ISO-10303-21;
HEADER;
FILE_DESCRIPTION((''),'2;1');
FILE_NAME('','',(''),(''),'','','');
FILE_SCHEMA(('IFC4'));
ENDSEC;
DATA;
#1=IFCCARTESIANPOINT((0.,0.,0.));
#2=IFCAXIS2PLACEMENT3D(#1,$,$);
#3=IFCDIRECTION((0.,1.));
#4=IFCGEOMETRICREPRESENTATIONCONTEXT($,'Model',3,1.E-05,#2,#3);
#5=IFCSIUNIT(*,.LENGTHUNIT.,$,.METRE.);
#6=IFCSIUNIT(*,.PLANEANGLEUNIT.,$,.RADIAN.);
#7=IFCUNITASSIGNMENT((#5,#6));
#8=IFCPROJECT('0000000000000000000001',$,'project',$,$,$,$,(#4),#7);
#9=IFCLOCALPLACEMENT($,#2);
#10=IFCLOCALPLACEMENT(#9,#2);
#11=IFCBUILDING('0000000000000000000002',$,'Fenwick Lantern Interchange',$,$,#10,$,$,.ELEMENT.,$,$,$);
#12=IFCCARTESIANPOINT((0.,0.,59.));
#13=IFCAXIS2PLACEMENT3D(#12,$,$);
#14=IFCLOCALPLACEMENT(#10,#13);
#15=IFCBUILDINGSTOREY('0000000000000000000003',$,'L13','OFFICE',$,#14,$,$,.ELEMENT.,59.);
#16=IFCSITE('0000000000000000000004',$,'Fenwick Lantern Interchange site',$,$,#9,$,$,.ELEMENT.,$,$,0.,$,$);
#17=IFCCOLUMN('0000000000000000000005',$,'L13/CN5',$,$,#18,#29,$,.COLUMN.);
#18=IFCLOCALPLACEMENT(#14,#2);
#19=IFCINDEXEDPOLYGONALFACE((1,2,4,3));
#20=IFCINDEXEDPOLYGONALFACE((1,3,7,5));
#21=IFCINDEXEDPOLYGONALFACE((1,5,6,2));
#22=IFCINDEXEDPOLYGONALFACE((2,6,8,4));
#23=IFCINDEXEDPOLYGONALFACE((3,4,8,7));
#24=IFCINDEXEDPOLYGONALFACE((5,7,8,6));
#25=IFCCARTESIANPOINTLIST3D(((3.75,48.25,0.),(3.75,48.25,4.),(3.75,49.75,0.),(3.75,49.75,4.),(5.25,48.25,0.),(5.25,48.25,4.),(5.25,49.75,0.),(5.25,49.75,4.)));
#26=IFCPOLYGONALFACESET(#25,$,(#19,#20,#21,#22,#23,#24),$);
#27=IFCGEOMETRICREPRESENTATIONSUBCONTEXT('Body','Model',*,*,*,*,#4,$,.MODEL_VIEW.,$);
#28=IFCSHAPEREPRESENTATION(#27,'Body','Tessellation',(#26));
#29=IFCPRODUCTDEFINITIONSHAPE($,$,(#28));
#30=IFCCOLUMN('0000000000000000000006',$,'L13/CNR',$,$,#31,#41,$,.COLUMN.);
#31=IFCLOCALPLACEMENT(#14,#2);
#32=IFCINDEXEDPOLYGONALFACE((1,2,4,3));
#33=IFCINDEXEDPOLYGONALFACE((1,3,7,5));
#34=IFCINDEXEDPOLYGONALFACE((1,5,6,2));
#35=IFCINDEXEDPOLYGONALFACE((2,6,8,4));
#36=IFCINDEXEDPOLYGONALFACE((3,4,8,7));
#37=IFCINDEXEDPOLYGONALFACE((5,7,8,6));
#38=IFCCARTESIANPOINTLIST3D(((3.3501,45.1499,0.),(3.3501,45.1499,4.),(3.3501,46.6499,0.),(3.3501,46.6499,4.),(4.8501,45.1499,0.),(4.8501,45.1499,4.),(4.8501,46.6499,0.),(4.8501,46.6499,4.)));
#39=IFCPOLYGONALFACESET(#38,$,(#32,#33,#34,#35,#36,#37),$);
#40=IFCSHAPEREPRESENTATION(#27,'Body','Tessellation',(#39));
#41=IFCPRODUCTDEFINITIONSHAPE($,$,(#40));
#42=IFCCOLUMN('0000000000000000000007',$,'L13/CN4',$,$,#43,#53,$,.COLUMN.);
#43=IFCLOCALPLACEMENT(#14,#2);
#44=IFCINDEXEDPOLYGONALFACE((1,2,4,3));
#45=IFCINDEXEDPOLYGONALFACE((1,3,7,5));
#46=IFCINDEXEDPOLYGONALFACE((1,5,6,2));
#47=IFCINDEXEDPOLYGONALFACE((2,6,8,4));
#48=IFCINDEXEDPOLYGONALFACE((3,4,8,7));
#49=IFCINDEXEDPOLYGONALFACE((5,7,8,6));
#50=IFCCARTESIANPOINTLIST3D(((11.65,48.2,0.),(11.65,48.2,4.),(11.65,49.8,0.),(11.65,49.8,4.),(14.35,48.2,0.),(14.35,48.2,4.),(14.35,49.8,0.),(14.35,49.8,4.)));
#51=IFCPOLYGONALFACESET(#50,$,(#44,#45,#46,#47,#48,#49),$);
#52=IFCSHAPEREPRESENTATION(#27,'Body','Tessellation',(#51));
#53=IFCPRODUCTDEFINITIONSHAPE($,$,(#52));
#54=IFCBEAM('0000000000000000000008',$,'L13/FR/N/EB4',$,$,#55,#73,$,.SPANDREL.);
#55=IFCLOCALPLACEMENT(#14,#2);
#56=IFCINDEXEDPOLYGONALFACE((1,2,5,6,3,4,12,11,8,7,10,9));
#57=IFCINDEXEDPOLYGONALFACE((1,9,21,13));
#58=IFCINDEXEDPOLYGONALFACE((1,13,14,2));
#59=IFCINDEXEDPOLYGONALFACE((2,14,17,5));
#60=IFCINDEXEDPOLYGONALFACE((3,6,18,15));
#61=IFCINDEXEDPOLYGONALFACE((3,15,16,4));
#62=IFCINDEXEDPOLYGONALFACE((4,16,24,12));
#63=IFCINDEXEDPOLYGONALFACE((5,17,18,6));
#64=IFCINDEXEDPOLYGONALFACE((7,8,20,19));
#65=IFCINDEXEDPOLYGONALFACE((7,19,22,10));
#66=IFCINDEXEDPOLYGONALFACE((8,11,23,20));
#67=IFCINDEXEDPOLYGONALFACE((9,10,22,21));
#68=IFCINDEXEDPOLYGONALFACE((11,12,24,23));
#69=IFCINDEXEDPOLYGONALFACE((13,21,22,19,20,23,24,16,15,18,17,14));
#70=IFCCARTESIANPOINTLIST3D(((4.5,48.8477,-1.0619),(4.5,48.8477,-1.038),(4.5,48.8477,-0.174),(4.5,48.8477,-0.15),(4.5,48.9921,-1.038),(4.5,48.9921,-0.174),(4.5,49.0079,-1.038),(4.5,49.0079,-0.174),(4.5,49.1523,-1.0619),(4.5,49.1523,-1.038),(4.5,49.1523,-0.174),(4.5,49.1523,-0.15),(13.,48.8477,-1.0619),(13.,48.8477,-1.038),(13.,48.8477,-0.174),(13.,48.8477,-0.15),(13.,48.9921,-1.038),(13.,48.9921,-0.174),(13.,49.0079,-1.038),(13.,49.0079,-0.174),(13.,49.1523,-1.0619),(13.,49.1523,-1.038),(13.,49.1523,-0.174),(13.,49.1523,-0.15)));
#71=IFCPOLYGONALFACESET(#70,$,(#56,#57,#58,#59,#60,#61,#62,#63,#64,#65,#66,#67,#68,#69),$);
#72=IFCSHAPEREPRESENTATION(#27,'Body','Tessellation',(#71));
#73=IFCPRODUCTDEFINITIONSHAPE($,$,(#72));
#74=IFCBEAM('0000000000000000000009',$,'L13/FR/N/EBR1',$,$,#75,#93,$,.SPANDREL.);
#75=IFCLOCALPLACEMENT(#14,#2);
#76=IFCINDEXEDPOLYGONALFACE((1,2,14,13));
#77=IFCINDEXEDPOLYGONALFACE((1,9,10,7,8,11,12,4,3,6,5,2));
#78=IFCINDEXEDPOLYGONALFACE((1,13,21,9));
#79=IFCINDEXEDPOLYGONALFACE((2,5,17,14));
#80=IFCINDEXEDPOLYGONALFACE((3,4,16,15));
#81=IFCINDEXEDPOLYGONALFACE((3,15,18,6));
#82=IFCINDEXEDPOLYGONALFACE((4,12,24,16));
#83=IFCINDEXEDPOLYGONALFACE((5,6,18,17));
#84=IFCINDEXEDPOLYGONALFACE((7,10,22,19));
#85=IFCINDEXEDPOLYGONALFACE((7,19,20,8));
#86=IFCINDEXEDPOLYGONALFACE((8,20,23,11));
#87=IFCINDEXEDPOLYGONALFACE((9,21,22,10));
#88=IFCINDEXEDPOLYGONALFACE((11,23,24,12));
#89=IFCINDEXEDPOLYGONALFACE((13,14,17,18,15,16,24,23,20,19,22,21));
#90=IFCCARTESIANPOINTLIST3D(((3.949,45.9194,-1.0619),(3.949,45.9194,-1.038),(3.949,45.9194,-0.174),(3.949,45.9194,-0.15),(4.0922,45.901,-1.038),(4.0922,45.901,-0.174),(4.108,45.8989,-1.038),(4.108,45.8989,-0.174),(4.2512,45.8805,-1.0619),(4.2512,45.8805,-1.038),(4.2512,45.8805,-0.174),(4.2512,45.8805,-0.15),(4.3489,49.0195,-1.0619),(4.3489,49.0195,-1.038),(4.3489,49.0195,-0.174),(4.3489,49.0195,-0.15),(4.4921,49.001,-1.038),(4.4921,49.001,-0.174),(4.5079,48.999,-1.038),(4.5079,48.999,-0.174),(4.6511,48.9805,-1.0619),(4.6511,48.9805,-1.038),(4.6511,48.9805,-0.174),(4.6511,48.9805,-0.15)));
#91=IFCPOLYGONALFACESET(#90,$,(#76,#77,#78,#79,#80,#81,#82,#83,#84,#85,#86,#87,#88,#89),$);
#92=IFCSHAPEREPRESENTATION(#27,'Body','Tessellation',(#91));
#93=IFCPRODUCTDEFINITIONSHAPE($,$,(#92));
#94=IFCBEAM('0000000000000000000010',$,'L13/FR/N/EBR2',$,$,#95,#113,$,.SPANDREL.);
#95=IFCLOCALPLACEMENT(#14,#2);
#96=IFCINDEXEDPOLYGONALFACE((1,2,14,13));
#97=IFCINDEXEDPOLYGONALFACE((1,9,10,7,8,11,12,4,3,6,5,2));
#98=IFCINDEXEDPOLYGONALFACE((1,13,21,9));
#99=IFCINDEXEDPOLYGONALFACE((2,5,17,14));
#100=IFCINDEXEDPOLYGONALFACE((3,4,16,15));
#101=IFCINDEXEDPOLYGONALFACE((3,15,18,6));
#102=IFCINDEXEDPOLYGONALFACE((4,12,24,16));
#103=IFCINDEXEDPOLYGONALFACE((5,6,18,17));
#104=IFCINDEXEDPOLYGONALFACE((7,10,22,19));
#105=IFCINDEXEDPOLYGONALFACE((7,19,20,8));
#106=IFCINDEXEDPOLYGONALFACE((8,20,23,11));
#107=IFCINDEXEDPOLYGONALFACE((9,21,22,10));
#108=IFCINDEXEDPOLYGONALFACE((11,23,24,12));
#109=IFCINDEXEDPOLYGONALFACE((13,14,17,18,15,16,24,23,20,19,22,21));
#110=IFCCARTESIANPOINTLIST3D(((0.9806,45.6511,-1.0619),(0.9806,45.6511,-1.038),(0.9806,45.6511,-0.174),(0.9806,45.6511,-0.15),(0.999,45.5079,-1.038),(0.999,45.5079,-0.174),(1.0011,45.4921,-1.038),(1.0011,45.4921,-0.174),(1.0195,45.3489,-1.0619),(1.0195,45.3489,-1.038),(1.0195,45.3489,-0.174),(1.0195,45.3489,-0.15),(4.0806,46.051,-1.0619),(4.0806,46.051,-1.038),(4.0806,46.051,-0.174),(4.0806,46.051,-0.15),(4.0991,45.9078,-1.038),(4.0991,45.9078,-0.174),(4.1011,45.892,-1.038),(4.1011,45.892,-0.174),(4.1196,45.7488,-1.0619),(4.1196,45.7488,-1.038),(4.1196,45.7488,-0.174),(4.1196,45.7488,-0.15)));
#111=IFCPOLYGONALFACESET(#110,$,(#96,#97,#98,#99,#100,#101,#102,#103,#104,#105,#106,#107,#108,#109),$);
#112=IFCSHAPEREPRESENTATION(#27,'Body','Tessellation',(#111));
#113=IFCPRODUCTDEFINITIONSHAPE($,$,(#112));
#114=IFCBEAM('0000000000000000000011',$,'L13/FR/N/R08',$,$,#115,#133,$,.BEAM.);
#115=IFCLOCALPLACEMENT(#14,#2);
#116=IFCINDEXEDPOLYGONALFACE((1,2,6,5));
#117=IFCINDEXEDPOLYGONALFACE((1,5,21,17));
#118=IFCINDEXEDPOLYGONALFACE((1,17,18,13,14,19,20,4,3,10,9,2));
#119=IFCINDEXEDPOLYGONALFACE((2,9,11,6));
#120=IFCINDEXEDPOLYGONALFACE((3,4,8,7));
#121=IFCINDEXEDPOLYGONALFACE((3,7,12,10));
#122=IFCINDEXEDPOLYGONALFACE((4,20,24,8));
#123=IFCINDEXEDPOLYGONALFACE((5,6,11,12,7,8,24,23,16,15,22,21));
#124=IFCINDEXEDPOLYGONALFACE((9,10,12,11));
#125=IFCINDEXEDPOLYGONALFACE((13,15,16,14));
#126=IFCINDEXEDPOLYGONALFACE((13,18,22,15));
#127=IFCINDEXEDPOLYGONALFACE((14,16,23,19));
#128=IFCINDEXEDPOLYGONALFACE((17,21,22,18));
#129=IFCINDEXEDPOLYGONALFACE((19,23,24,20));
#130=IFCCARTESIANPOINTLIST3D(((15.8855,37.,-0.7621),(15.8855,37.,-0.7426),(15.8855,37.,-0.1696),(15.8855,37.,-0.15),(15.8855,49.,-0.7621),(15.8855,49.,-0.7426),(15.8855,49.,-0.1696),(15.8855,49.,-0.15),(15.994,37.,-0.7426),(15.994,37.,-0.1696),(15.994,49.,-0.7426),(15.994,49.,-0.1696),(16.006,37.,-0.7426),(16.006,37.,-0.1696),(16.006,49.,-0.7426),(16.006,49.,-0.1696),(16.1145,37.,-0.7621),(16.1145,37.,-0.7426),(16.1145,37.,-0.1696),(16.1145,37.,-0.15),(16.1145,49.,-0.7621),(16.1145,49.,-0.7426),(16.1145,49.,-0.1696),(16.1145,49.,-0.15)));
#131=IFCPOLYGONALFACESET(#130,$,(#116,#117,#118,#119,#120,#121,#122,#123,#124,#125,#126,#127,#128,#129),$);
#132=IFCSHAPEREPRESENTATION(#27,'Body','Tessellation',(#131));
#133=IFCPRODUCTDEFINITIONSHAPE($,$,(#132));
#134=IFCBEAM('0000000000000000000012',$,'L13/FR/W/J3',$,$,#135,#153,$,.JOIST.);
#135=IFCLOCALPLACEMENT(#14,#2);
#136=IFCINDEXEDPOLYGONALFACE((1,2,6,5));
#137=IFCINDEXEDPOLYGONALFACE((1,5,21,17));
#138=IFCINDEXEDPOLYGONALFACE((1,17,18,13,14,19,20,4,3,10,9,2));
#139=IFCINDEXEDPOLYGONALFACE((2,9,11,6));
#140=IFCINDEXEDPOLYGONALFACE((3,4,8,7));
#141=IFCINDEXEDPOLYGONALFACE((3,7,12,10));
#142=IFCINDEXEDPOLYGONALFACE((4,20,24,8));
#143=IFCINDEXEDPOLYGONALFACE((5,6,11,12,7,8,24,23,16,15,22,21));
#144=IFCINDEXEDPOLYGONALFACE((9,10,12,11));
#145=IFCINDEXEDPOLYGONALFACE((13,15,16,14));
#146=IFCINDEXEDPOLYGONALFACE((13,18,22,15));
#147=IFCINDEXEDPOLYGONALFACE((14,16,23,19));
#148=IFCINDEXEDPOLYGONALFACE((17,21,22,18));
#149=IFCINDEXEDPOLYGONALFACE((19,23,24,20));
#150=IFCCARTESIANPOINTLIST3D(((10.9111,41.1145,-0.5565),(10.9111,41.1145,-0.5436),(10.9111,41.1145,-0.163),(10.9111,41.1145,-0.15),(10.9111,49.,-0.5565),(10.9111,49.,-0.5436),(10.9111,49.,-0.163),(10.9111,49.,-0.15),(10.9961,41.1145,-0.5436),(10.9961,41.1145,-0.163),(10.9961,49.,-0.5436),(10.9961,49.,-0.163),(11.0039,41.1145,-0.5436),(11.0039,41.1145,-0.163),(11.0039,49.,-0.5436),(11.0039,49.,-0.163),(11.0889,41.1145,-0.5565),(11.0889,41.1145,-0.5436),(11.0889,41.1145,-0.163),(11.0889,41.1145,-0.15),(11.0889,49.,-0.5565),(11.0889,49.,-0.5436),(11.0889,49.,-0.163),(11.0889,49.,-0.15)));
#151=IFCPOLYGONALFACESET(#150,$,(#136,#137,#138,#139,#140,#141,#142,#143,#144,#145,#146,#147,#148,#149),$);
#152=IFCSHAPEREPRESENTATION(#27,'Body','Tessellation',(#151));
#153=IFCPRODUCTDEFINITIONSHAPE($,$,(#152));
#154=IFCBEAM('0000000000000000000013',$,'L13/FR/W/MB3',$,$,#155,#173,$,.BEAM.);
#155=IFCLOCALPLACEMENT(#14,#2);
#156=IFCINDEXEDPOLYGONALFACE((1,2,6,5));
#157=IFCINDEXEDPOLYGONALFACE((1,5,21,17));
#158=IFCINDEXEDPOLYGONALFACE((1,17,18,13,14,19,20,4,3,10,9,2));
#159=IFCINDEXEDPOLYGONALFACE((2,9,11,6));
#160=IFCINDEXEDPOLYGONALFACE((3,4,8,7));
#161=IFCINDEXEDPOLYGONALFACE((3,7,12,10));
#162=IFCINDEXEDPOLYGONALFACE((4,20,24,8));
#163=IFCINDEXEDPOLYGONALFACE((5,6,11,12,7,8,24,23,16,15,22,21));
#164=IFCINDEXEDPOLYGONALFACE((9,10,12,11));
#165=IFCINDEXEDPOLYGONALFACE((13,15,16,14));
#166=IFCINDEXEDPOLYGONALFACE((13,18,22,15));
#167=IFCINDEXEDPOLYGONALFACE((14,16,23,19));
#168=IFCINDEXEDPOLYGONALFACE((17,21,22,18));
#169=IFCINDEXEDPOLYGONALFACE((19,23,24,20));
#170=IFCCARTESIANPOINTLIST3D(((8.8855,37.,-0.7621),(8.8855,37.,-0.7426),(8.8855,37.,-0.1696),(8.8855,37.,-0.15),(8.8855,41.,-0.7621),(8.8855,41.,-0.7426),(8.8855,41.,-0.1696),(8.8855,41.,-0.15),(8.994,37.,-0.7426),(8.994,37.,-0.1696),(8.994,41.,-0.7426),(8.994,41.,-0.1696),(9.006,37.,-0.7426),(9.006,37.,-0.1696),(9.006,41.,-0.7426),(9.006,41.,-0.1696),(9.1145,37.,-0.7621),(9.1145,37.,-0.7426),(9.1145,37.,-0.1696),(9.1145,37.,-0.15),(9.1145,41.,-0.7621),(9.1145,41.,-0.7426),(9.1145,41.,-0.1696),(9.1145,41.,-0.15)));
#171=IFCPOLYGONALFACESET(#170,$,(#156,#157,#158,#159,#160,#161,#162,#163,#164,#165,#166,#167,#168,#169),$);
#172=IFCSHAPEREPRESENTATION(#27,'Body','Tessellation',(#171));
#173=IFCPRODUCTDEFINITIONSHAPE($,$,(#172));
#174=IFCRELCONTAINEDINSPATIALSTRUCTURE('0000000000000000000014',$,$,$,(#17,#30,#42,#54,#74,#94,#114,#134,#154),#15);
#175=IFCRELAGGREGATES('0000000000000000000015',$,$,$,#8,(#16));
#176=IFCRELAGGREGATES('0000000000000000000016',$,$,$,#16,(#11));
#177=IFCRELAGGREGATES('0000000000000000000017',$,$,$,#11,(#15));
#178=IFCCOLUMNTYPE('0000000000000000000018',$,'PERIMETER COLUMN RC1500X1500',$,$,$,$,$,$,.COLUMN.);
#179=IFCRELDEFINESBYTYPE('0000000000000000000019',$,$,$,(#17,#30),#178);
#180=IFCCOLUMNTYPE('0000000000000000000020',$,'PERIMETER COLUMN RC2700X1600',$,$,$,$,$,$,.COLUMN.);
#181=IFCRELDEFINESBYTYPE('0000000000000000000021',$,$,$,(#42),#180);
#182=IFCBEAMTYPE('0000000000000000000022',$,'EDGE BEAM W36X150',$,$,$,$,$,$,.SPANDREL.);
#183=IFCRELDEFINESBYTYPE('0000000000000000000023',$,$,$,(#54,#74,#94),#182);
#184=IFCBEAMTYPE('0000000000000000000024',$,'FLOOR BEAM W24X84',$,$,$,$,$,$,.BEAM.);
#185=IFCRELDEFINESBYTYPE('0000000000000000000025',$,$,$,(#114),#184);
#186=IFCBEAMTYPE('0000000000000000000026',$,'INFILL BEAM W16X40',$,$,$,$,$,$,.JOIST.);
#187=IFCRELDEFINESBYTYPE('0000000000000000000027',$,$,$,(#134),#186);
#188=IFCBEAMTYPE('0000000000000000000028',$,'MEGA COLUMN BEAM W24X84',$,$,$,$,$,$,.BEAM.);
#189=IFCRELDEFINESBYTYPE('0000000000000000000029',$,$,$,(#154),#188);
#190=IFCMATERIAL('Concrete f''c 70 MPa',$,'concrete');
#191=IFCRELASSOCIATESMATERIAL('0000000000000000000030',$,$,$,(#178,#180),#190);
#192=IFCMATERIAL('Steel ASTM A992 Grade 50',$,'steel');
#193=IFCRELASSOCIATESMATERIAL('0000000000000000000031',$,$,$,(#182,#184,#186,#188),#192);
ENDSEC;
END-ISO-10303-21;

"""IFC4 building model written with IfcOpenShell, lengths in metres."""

from ifc_helpers import new_model, si_unit, direction, frame, origin, origin_2d, place, context, subcontext, project, spatial, rectangle, i_section, extrude, material, material_profile, profile_set, type_object, element, save


model = new_model("IFC4")

# Units and contexts
model_context = context("Model", 3, precision=1e-05, world=origin(), true_north=direction((0.0, 1.0)))
body_context = subcontext(model_context, "Body", "Model", "MODEL_VIEW")
ifc_project = project(units=[si_unit("LENGTHUNIT", "METRE"), si_unit("PLANEANGLEUNIT", "RADIAN")], contexts=[model_context])

# Site, building, storey
site_placement = place(None, origin())
site = spatial("IfcSite", under=ifc_project, at=site_placement, Name="Fenwick Lantern Interchange site", CompositionType="ELEMENT", RefElevation=0.0)
building_placement = place(site_placement, origin())
building = spatial("IfcBuilding", under=site, at=building_placement, Name="Fenwick Lantern Interchange", CompositionType="ELEMENT")
storey_placement = place(building_placement, frame((0.0, 0.0, 59.0)))
storey = spatial("IfcBuildingStorey", under=building, at=storey_placement, Name="L13", Description="OFFICE", CompositionType="ELEMENT", Elevation=59.0)

# Columns
ifc_material_1 = material(Name="Concrete f'c 70 MPa", Category="concrete")
ifc_material_profile_1 = material_profile(ifc_material_1, rectangle(XDim=1.5, YDim=1.5, at=origin_2d()), Name="RC1500X1500")
ifc_profile_set_1 = profile_set([ifc_material_profile_1], Name="Concrete f'c 70 MPa")
column_type_1 = type_object("IfcColumnType", Name="PERIMETER COLUMN RC1500X1500", PredefinedType="COLUMN", material=ifc_profile_set_1)
for number, where, z_axis, x_axis, name in (
    (1, (4.5, 49.0, 0.0), (0.0, 0.0, 1.0), (1.0, 0.0, 0.0), "L13/CN5"),
    (2, (4.1001, 45.8999, 0.0), (0.0, 0.0, 1.0), (1.0, 0.0, 0.0), "L13/CNR"),
):
    element("IfcColumn", number, at=place(storey_placement, frame(where, z_axis=z_axis, x_axis=x_axis)), inside=storey, type_object=column_type_1, Name=name, PredefinedType="COLUMN", context=body_context, shape_type="SweptSolid", body=[
        extrude(rectangle(XDim=1.5, YDim=1.5, at=origin_2d()), origin(), (0.0, 0.0, 1.0), 4.0),
    ])
ifc_material_profile_2 = material_profile(ifc_material_1, rectangle(XDim=2.7, YDim=1.6001, at=origin_2d()), Name="RC2700X1600")
ifc_profile_set_2 = profile_set([ifc_material_profile_2], Name="Concrete f'c 70 MPa")
column_type_2 = type_object("IfcColumnType", Name="PERIMETER COLUMN RC2700X1600", PredefinedType="COLUMN", material=ifc_profile_set_2)
column_placement = place(storey_placement, frame((13.0, 49.0, 0.0), z_axis=(0.0, 0.0, 1.0), x_axis=(1.0, 0.0, 0.0)))
element("IfcColumn", 3, at=column_placement, inside=storey, type_object=column_type_2, Name="L13/CN4", PredefinedType="COLUMN", context=body_context, shape_type="SweptSolid", body=[
    extrude(rectangle(XDim=2.7, YDim=1.6001, at=origin_2d()), origin(), (0.0, 0.0, 1.0), 4.0),
])

# Beams
ifc_material_2 = material(Name="Steel ASTM A992 Grade 50", Category="steel")
ifc_material_profile_3 = material_profile(ifc_material_2, i_section(OverallWidth=0.3047, OverallDepth=0.9119, WebThickness=0.0159, FlangeThickness=0.0239, at=origin_2d()), Name="W36X150")
ifc_profile_set_3 = profile_set([ifc_material_profile_3], Name="Steel ASTM A992 Grade 50")
beam_type_1 = type_object("IfcBeamType", Name="EDGE BEAM W36X150", PredefinedType="SPANDREL", material=ifc_profile_set_3)
beam_1_placement = place(storey_placement, frame((13.0, 49.0, -0.606), z_axis=(-1.0, 0.0, 0.0), x_axis=(0.0, -1.0, 0.0)))
element("IfcBeam", 4, at=beam_1_placement, inside=storey, type_object=beam_type_1, Name="L13/FR/N/EB4", PredefinedType="SPANDREL", context=body_context, shape_type="SweptSolid", body=[
    extrude(i_section(OverallWidth=0.3047, OverallDepth=0.9119, WebThickness=0.0159, FlangeThickness=0.0239, at=origin_2d()), origin(), (0.0, 0.0, 1.0), 8.5),
])
for number, where, z_axis, x_axis, name in (
    (5, (4.5, 49.0, -0.606), (-0.127937, -0.991782, 0.0), (0.991782, -0.127937, 0.0), "L13/FR/N/EBR1"),
    (6, (4.1001, 45.8999, -0.606), (-0.991782, -0.127937, 0.0), (0.127937, -0.991782, 0.0), "L13/FR/N/EBR2"),
):
    element("IfcBeam", number, at=place(storey_placement, frame(where, z_axis=z_axis, x_axis=x_axis)), inside=storey, type_object=beam_type_1, Name=name, PredefinedType="SPANDREL", context=body_context, shape_type="SweptSolid", body=[
        extrude(i_section(OverallWidth=0.3047, OverallDepth=0.9119, WebThickness=0.0159, FlangeThickness=0.0239, at=origin_2d()), origin(), (0.0, 0.0, 1.0), 3.1257),
    ])
ifc_material_profile_4 = material_profile(ifc_material_2, i_section(OverallWidth=0.229, OverallDepth=0.6121, WebThickness=0.012, FlangeThickness=0.0195, at=origin_2d()), Name="W24X84")
ifc_profile_set_4 = profile_set([ifc_material_profile_4], Name="Steel ASTM A992 Grade 50")
beam_type_2 = type_object("IfcBeamType", Name="FLOOR BEAM W24X84", PredefinedType="BEAM", material=ifc_profile_set_4)
beam_2_placement = place(storey_placement, frame((16.0, 49.0, -0.4561), z_axis=(0.0, -1.0, 0.0), x_axis=(1.0, 0.0, 0.0)))
element("IfcBeam", 7, at=beam_2_placement, inside=storey, type_object=beam_type_2, Name="L13/FR/N/R08", PredefinedType="BEAM", context=body_context, shape_type="SweptSolid", body=[
    extrude(i_section(OverallWidth=0.229, OverallDepth=0.6121, WebThickness=0.012, FlangeThickness=0.0195, at=origin_2d()), origin(), (0.0, 0.0, 1.0), 12.0),
])
ifc_material_profile_5 = material_profile(ifc_material_2, i_section(OverallWidth=0.1777, OverallDepth=0.4065, WebThickness=0.0078, FlangeThickness=0.0129, at=origin_2d()), Name="W16X40")
ifc_profile_set_5 = profile_set([ifc_material_profile_5], Name="Steel ASTM A992 Grade 50")
beam_type_3 = type_object("IfcBeamType", Name="INFILL BEAM W16X40", PredefinedType="JOIST", material=ifc_profile_set_5)
beam_3_placement = place(storey_placement, frame((11.0, 49.0, -0.3533), z_axis=(0.0, -1.0, 0.0), x_axis=(1.0, 0.0, 0.0)))
element("IfcBeam", 8, at=beam_3_placement, inside=storey, type_object=beam_type_3, Name="L13/FR/W/J3", PredefinedType="JOIST", context=body_context, shape_type="SweptSolid", body=[
    extrude(i_section(OverallWidth=0.1777, OverallDepth=0.4065, WebThickness=0.0078, FlangeThickness=0.0129, at=origin_2d()), origin(), (0.0, 0.0, 1.0), 7.8855),
])
ifc_material_profile_6 = material_profile(ifc_material_2, i_section(OverallWidth=0.229, OverallDepth=0.6121, WebThickness=0.012, FlangeThickness=0.0195, at=origin_2d()), Name="W24X84")
ifc_profile_set_6 = profile_set([ifc_material_profile_6], Name="Steel ASTM A992 Grade 50")
beam_type_4 = type_object("IfcBeamType", Name="MEGA COLUMN BEAM W24X84", PredefinedType="BEAM", material=ifc_profile_set_6)
for number, where, z_axis, x_axis, name in (
    (9, (9.0, 41.0, -0.4561), (0.0, -1.0, 0.0), (1.0, 0.0, 0.0), "L13/FR/W/MB3"),
):
    element("IfcBeam", number, at=place(storey_placement, frame(where, z_axis=z_axis, x_axis=x_axis)), inside=storey, type_object=beam_type_4, Name=name, PredefinedType="BEAM", context=body_context, shape_type="SweptSolid", body=[
        extrude(i_section(OverallWidth=0.229, OverallDepth=0.6121, WebThickness=0.012, FlangeThickness=0.0195, at=origin_2d()), origin(), (0.0, 0.0, 1.0), 4.0),
    ])

save(model, "model.ifc")
